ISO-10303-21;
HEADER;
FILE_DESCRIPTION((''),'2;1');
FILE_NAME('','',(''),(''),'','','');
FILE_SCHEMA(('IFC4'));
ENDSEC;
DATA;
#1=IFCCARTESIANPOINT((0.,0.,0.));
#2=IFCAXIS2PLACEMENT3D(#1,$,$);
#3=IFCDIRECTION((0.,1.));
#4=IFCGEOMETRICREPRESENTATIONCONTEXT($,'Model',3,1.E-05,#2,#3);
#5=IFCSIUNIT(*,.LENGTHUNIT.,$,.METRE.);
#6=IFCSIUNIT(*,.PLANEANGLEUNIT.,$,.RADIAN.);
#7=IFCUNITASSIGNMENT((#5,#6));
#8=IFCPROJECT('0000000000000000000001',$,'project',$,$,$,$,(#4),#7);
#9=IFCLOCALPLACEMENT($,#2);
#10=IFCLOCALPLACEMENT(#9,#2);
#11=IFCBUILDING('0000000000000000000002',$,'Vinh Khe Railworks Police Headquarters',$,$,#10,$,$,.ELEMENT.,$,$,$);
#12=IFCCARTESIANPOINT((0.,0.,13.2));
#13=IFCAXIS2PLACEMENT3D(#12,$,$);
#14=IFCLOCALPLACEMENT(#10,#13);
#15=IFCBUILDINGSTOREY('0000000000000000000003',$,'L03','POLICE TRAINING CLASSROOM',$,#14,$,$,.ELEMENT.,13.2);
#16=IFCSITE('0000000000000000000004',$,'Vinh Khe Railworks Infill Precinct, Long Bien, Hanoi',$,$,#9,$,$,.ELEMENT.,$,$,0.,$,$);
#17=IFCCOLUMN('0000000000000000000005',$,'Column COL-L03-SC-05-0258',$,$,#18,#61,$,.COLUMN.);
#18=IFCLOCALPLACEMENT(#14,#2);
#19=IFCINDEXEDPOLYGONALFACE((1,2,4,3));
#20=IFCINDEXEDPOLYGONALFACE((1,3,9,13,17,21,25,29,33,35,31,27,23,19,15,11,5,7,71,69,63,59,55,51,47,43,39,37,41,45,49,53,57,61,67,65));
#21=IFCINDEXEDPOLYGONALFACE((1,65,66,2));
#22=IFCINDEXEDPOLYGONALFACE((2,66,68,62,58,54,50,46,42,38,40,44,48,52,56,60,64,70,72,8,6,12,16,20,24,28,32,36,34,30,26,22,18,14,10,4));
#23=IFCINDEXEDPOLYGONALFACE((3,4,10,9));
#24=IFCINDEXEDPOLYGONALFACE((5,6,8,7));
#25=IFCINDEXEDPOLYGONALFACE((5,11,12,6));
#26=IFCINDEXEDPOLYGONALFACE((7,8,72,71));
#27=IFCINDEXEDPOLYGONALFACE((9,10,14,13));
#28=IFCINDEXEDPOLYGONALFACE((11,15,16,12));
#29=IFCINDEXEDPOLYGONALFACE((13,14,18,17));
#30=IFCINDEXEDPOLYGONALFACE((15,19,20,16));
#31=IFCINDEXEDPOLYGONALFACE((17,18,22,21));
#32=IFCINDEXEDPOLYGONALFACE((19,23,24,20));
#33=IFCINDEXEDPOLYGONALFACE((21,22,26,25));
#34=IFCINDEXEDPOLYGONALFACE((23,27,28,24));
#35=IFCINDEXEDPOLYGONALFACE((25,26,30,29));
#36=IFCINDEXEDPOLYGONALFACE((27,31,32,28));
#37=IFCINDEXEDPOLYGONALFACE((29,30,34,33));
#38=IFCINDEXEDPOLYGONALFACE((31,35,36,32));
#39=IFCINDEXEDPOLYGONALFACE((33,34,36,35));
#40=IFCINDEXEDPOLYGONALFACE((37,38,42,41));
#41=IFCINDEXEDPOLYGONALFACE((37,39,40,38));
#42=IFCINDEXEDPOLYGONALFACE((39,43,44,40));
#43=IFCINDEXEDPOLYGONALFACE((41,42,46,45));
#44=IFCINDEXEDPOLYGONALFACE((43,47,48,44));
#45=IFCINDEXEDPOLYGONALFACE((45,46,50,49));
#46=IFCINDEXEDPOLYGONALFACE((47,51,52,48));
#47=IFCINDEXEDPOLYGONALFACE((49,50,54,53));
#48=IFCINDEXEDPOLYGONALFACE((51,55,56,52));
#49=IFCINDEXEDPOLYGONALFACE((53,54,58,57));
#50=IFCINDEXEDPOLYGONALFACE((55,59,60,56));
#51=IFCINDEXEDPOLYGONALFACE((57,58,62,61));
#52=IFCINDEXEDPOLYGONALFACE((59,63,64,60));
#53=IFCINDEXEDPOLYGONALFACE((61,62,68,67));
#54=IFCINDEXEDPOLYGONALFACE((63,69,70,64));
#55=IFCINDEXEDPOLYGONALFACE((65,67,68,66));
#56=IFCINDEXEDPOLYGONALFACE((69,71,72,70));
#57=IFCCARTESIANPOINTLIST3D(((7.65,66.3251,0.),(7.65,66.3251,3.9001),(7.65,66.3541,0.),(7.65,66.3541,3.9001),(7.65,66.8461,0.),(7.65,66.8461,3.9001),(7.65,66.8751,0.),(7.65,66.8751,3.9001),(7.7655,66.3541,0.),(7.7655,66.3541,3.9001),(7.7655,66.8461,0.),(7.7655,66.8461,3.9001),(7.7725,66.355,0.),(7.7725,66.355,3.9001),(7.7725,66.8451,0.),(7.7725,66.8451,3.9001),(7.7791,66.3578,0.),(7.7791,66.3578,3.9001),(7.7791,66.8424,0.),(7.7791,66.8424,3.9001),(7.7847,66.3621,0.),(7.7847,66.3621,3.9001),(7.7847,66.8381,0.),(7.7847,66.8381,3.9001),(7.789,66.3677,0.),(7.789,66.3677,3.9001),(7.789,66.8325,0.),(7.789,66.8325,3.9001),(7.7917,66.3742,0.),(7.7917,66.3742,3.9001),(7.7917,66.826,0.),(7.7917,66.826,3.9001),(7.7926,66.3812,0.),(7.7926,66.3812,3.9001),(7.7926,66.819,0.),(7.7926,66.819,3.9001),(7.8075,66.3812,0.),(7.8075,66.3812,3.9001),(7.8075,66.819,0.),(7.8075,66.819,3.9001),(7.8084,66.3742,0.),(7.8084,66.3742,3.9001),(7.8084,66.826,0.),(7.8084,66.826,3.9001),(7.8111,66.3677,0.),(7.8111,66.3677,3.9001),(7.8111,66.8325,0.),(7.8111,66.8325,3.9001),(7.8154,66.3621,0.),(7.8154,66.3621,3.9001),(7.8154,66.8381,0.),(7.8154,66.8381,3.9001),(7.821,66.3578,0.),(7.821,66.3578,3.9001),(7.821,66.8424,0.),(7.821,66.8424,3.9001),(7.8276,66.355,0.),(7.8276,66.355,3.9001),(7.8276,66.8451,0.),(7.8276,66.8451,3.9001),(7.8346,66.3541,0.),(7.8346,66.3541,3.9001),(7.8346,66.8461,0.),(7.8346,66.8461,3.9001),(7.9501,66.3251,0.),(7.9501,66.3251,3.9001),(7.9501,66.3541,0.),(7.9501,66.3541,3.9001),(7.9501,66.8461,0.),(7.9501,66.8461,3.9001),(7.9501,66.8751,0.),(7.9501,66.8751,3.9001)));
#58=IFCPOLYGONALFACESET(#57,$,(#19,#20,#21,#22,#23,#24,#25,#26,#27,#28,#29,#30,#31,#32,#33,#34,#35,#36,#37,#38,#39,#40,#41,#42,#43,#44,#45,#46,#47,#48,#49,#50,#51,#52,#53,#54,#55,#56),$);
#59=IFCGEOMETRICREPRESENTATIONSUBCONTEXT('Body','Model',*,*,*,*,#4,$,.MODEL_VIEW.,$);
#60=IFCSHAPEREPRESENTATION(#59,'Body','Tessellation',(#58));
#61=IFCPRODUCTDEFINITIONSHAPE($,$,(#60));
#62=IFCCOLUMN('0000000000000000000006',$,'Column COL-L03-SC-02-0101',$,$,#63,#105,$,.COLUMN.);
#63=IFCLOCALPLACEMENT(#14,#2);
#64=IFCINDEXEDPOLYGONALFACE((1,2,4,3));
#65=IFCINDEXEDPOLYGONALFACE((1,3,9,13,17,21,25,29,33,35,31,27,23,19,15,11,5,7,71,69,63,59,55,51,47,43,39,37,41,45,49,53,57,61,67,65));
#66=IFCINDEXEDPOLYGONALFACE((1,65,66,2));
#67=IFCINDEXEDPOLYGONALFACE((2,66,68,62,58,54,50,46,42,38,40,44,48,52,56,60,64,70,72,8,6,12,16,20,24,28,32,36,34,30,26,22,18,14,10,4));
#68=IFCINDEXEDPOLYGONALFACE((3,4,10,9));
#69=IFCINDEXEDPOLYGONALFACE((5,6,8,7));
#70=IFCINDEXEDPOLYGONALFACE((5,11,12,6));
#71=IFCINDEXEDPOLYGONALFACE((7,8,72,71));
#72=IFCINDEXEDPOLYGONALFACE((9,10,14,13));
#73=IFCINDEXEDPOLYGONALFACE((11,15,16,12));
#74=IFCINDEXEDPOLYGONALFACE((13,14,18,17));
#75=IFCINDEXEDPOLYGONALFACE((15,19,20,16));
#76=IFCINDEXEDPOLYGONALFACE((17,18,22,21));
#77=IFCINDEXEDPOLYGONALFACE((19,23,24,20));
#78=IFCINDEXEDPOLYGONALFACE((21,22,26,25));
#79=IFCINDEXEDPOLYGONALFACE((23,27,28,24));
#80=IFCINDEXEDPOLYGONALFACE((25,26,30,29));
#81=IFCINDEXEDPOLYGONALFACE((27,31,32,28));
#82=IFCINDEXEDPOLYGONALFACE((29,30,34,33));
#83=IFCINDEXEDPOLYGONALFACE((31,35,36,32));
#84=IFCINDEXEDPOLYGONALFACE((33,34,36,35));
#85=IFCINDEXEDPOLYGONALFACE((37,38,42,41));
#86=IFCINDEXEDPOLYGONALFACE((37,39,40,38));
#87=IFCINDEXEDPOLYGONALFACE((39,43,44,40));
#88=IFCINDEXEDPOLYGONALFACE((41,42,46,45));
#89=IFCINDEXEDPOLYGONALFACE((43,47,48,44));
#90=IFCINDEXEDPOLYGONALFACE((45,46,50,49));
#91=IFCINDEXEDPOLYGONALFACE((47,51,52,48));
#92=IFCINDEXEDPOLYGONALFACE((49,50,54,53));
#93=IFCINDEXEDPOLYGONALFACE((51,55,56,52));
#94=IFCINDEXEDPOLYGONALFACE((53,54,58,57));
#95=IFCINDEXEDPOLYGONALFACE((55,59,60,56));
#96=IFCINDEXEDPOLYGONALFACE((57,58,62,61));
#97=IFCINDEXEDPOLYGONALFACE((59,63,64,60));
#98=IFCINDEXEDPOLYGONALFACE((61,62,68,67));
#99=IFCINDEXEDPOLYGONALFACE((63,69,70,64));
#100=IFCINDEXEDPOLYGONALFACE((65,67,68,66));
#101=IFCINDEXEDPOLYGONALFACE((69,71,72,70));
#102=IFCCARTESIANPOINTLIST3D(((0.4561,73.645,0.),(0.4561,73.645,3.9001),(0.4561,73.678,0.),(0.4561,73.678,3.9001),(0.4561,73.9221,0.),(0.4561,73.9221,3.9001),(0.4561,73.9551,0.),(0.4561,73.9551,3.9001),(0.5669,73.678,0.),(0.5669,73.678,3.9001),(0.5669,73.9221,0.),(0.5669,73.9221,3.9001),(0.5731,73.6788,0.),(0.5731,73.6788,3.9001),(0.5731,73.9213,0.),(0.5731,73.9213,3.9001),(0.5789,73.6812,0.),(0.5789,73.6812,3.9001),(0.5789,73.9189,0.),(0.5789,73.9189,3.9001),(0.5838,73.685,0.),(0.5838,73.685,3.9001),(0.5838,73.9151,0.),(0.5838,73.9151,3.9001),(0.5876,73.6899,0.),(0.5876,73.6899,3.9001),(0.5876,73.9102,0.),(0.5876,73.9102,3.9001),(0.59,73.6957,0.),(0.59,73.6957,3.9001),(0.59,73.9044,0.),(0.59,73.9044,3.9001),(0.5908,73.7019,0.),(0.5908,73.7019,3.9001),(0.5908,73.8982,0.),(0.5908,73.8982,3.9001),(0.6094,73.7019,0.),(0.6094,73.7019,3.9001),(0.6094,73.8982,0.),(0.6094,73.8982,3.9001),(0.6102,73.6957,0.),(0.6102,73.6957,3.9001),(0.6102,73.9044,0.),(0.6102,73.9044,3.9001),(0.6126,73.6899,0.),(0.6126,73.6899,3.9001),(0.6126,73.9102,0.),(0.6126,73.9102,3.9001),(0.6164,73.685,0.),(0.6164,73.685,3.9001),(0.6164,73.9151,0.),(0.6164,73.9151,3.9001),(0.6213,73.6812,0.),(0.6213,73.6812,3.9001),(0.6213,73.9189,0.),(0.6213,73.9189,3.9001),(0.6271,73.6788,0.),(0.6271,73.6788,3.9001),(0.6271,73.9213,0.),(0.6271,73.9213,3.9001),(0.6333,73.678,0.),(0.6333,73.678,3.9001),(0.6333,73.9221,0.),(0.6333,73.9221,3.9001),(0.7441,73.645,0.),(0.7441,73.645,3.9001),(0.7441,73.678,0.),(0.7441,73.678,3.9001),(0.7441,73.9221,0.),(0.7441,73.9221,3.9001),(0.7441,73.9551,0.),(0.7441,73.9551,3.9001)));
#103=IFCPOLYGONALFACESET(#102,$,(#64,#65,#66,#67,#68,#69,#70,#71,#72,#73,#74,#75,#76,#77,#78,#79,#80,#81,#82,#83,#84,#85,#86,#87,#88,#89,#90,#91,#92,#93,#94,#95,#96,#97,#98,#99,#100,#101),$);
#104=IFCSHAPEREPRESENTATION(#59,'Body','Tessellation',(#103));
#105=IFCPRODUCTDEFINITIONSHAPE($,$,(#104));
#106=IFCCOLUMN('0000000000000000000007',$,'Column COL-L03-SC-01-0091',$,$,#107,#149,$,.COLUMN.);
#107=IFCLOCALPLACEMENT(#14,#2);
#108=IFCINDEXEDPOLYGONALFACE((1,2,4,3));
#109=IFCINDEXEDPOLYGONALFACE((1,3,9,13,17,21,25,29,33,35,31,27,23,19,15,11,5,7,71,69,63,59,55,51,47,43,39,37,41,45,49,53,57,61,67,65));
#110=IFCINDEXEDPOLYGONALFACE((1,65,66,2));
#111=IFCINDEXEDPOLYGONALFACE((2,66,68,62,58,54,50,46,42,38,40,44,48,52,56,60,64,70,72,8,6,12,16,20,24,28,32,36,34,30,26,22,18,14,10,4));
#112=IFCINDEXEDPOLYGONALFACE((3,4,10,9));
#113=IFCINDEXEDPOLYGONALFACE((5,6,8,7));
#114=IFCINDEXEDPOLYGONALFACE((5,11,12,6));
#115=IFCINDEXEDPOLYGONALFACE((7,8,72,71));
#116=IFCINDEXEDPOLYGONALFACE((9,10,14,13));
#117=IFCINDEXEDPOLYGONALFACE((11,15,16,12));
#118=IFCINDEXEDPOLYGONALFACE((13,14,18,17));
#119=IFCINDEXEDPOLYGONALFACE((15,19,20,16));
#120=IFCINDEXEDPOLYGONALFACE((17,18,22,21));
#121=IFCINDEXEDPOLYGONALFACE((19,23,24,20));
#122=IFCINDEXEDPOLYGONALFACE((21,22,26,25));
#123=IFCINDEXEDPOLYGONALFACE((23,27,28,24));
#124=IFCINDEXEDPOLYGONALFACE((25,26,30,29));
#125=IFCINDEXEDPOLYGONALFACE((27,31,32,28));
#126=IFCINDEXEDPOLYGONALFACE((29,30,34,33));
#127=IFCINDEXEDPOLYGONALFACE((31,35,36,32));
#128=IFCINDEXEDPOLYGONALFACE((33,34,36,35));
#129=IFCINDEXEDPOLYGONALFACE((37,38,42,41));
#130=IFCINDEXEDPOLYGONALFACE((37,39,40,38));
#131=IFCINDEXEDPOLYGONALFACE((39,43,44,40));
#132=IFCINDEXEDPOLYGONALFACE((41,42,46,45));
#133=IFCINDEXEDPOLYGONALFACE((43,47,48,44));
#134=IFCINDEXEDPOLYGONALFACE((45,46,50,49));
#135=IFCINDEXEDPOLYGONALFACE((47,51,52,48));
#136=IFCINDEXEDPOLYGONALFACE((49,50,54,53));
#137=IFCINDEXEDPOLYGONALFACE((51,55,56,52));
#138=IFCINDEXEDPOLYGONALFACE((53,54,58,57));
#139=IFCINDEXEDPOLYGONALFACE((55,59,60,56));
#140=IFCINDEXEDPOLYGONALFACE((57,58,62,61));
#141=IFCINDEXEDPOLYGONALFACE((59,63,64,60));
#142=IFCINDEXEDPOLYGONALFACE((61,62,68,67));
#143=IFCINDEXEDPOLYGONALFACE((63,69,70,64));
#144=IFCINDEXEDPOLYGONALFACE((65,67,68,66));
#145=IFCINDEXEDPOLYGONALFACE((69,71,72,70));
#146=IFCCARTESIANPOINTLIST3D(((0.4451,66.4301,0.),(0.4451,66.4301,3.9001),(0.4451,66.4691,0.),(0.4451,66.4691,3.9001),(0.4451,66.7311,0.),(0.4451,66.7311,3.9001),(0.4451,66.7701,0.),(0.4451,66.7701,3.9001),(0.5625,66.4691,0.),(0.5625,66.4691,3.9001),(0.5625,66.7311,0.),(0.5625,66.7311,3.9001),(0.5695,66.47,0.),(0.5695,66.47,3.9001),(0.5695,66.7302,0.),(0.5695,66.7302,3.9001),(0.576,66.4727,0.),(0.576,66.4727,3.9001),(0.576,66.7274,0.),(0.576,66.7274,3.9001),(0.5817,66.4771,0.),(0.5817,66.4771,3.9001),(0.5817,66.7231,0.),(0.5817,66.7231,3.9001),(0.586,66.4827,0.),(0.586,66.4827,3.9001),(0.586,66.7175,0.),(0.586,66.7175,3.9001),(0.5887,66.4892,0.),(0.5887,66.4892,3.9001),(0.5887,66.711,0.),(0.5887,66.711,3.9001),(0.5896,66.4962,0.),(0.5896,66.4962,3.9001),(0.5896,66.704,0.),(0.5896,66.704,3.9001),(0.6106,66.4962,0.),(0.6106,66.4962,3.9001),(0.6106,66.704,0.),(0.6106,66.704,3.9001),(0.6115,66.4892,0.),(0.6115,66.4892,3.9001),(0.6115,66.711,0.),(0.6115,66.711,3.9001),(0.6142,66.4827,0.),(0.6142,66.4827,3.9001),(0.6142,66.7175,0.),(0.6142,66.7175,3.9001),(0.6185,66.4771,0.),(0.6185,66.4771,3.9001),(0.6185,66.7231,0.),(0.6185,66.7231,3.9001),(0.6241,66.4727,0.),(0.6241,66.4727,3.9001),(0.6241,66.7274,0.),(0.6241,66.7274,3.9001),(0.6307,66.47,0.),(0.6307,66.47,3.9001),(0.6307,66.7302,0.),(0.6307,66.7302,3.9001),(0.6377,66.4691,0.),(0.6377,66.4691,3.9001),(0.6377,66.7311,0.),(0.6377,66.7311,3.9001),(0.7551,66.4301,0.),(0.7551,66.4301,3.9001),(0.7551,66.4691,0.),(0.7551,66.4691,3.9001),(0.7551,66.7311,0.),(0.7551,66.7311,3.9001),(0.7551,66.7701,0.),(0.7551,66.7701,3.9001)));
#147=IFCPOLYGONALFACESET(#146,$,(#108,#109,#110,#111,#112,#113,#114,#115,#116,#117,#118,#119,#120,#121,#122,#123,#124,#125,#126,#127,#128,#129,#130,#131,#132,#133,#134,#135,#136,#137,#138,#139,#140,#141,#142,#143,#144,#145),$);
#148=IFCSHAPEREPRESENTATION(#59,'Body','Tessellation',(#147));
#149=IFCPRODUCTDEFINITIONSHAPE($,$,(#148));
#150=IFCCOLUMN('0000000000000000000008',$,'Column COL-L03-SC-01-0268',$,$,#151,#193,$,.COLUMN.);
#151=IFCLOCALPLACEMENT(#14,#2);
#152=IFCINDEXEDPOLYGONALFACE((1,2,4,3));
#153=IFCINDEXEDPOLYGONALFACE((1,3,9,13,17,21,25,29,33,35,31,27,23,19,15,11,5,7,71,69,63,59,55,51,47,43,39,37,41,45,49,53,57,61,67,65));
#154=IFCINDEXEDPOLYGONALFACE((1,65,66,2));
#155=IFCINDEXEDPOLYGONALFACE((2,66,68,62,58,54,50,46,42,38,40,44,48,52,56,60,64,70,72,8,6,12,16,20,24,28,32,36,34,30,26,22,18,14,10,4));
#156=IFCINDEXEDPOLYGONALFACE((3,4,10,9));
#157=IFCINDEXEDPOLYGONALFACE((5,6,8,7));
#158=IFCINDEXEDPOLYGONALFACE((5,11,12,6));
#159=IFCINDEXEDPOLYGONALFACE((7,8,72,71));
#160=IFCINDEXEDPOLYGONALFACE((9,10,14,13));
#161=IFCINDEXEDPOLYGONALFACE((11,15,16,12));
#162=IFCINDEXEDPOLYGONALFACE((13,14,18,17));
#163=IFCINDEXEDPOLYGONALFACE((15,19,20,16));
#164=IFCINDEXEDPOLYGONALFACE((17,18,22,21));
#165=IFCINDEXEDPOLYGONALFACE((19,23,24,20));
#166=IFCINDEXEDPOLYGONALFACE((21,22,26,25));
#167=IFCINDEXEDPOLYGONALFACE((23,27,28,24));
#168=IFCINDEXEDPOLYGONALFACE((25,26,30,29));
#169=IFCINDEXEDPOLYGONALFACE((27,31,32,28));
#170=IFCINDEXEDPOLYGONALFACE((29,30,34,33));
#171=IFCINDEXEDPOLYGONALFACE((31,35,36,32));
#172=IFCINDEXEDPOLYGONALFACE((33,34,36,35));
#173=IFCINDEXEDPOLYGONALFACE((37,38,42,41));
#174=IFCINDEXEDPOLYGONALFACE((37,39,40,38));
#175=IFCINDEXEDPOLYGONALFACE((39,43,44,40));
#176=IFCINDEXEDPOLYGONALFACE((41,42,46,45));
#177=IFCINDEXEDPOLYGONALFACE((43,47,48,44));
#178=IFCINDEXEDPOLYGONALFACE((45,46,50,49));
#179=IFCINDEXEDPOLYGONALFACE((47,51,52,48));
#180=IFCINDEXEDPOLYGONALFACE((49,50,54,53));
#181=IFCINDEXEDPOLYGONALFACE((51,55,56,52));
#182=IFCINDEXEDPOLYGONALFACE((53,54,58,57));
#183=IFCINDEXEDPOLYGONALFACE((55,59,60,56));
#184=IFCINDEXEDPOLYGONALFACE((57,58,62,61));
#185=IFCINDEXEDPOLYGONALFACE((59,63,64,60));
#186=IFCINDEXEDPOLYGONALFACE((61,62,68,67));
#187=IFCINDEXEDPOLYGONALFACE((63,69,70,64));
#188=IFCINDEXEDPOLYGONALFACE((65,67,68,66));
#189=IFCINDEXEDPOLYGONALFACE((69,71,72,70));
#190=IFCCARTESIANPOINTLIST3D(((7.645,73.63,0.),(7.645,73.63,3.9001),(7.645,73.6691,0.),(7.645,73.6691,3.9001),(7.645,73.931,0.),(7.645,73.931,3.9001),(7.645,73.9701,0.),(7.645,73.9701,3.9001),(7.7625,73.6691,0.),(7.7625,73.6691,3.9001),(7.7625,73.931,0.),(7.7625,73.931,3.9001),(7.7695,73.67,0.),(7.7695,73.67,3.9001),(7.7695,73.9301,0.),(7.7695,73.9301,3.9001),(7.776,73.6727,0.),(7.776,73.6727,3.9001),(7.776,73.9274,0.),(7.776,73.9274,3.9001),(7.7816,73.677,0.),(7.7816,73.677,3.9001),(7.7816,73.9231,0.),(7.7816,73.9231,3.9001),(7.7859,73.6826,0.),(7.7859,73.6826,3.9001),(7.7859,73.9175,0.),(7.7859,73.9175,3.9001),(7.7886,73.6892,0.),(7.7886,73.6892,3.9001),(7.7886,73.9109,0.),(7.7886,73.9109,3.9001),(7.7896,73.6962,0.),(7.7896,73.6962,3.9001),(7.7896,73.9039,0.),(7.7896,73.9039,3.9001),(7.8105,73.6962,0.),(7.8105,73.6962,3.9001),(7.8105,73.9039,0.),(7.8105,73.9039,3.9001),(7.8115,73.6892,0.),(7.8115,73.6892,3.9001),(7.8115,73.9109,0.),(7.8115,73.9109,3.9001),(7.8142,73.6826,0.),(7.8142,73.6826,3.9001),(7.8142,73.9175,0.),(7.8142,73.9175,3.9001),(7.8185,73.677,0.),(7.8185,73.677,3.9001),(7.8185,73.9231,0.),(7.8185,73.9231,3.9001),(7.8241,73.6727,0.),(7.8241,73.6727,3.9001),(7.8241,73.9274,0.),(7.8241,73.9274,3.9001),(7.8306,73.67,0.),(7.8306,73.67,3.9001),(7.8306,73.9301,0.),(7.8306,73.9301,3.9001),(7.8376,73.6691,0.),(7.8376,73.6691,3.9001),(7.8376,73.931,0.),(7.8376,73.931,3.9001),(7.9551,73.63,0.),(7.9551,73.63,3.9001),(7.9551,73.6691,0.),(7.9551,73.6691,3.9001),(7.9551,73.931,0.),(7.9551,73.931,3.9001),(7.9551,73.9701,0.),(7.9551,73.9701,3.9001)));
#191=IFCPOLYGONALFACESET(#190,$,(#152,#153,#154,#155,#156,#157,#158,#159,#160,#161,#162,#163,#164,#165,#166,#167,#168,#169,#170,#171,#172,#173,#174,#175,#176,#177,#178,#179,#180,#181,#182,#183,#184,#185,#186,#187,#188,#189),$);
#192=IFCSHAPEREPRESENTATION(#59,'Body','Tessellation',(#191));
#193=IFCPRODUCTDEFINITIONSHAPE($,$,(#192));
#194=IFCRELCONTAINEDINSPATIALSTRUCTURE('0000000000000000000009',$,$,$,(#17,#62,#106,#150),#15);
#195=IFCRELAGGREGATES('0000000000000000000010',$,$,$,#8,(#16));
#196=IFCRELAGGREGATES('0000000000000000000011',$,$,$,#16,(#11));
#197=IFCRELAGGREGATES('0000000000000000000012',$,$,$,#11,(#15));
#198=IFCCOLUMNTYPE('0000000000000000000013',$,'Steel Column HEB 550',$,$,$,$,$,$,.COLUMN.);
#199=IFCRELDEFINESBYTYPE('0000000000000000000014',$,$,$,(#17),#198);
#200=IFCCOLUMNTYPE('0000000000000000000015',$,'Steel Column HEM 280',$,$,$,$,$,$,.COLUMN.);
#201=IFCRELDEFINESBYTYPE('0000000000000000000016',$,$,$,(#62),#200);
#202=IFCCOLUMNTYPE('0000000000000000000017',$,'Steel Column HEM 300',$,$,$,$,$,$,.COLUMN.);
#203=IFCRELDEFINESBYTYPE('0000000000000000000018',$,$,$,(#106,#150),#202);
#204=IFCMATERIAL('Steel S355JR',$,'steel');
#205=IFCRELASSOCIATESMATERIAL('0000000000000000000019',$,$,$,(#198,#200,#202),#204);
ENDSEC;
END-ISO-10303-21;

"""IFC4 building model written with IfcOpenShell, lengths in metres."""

from ifc_helpers import new_model, si_unit, direction, frame, origin, origin_2d, place, context, subcontext, project, spatial, i_section, extrude, material, material_profile, profile_set, type_object, element, save


model = new_model("IFC4")

# Units and contexts
model_context = context("Model", 3, precision=1e-05, world=origin(), true_north=direction((0.0, 1.0)))
body_context = subcontext(model_context, "Body", "Model", "MODEL_VIEW")
ifc_project = project(units=[si_unit("LENGTHUNIT", "METRE"), si_unit("PLANEANGLEUNIT", "RADIAN")], contexts=[model_context])

# Site, building, storey
site_placement = place(None, origin())
site = spatial("IfcSite", under=ifc_project, at=site_placement, Name="Vinh Khe Railworks Infill Precinct, Long Bien, Hanoi", CompositionType="ELEMENT", RefElevation=0.0)
building_placement = place(site_placement, origin())
building = spatial("IfcBuilding", under=site, at=building_placement, Name="Vinh Khe Railworks Police Headquarters", CompositionType="ELEMENT")
storey_placement = place(building_placement, frame((0.0, 0.0, 13.2)))
storey = spatial("IfcBuildingStorey", under=building, at=storey_placement, Name="L03", Description="POLICE TRAINING CLASSROOM", CompositionType="ELEMENT", Elevation=13.2)

# Columns
ifc_material_1 = material(Name="Steel S355JR", Category="steel")
ifc_material_profile_1 = material_profile(ifc_material_1, i_section(OverallWidth=0.3, OverallDepth=0.55, WebThickness=0.0149, FlangeThickness=0.0291, FilletRadius=0.0271, at=origin_2d()), Name="HEB 550")
ifc_profile_set_1 = profile_set([ifc_material_profile_1], Name="Steel S355JR")
column_type_1 = type_object("IfcColumnType", Name="Steel Column HEB 550", PredefinedType="COLUMN", material=ifc_profile_set_1)
column_1_placement = place(storey_placement, frame((7.8, 66.6001, 0.0), z_axis=(0.0, 0.0, 1.0), x_axis=(1.0, 0.0, 0.0)))
element("IfcColumn", 1, at=column_1_placement, inside=storey, type_object=column_type_1, Name="Column COL-L03-SC-05-0258", PredefinedType="COLUMN", context=body_context, shape_type="SweptSolid", body=[
    extrude(i_section(OverallWidth=0.3, OverallDepth=0.55, WebThickness=0.0149, FlangeThickness=0.0291, FilletRadius=0.0271, at=origin_2d()), origin(), (0.0, 0.0, 1.0), 3.9001),
])
ifc_material_profile_2 = material_profile(ifc_material_1, i_section(OverallWidth=0.2881, OverallDepth=0.3101, WebThickness=0.0186, FlangeThickness=0.033, FilletRadius=0.0239, at=origin_2d()), Name="HEM 280")
ifc_profile_set_2 = profile_set([ifc_material_profile_2], Name="Steel S355JR")
column_type_2 = type_object("IfcColumnType", Name="Steel Column HEM 280", PredefinedType="COLUMN", material=ifc_profile_set_2)
column_2_placement = place(storey_placement, frame((0.6001, 73.8, 0.0), z_axis=(0.0, 0.0, 1.0), x_axis=(1.0, 0.0, 0.0)))
element("IfcColumn", 2, at=column_2_placement, inside=storey, type_object=column_type_2, Name="Column COL-L03-SC-02-0101", PredefinedType="COLUMN", context=body_context, shape_type="SweptSolid", body=[
    extrude(i_section(OverallWidth=0.2881, OverallDepth=0.3101, WebThickness=0.0186, FlangeThickness=0.033, FilletRadius=0.0239, at=origin_2d()), origin(), (0.0, 0.0, 1.0), 3.9001),
])
ifc_material_profile_3 = material_profile(ifc_material_1, i_section(OverallWidth=0.3101, OverallDepth=0.3401, WebThickness=0.021, FlangeThickness=0.0391, FilletRadius=0.0271, at=origin_2d()), Name="HEM 300")
ifc_profile_set_3 = profile_set([ifc_material_profile_3], Name="Steel S355JR")
column_type_3 = type_object("IfcColumnType", Name="Steel Column HEM 300", PredefinedType="COLUMN", material=ifc_profile_set_3)
for number, where, z_axis, x_axis, name in (
    (3, (0.6001, 66.6001, 0.0), (0.0, 0.0, 1.0), (1.0, 0.0, 0.0), "Column COL-L03-SC-01-0091"),
    (4, (7.8, 73.8, 0.0), (0.0, 0.0, 1.0), (1.0, 0.0, 0.0), "Column COL-L03-SC-01-0268"),
):
    element("IfcColumn", number, at=place(storey_placement, frame(where, z_axis=z_axis, x_axis=x_axis)), inside=storey, type_object=column_type_3, Name=name, PredefinedType="COLUMN", context=body_context, shape_type="SweptSolid", body=[
        extrude(i_section(OverallWidth=0.3101, OverallDepth=0.3401, WebThickness=0.021, FlangeThickness=0.0391, FilletRadius=0.0271, at=origin_2d()), origin(), (0.0, 0.0, 1.0), 3.9001),
    ])

save(model, "model.ifc")
